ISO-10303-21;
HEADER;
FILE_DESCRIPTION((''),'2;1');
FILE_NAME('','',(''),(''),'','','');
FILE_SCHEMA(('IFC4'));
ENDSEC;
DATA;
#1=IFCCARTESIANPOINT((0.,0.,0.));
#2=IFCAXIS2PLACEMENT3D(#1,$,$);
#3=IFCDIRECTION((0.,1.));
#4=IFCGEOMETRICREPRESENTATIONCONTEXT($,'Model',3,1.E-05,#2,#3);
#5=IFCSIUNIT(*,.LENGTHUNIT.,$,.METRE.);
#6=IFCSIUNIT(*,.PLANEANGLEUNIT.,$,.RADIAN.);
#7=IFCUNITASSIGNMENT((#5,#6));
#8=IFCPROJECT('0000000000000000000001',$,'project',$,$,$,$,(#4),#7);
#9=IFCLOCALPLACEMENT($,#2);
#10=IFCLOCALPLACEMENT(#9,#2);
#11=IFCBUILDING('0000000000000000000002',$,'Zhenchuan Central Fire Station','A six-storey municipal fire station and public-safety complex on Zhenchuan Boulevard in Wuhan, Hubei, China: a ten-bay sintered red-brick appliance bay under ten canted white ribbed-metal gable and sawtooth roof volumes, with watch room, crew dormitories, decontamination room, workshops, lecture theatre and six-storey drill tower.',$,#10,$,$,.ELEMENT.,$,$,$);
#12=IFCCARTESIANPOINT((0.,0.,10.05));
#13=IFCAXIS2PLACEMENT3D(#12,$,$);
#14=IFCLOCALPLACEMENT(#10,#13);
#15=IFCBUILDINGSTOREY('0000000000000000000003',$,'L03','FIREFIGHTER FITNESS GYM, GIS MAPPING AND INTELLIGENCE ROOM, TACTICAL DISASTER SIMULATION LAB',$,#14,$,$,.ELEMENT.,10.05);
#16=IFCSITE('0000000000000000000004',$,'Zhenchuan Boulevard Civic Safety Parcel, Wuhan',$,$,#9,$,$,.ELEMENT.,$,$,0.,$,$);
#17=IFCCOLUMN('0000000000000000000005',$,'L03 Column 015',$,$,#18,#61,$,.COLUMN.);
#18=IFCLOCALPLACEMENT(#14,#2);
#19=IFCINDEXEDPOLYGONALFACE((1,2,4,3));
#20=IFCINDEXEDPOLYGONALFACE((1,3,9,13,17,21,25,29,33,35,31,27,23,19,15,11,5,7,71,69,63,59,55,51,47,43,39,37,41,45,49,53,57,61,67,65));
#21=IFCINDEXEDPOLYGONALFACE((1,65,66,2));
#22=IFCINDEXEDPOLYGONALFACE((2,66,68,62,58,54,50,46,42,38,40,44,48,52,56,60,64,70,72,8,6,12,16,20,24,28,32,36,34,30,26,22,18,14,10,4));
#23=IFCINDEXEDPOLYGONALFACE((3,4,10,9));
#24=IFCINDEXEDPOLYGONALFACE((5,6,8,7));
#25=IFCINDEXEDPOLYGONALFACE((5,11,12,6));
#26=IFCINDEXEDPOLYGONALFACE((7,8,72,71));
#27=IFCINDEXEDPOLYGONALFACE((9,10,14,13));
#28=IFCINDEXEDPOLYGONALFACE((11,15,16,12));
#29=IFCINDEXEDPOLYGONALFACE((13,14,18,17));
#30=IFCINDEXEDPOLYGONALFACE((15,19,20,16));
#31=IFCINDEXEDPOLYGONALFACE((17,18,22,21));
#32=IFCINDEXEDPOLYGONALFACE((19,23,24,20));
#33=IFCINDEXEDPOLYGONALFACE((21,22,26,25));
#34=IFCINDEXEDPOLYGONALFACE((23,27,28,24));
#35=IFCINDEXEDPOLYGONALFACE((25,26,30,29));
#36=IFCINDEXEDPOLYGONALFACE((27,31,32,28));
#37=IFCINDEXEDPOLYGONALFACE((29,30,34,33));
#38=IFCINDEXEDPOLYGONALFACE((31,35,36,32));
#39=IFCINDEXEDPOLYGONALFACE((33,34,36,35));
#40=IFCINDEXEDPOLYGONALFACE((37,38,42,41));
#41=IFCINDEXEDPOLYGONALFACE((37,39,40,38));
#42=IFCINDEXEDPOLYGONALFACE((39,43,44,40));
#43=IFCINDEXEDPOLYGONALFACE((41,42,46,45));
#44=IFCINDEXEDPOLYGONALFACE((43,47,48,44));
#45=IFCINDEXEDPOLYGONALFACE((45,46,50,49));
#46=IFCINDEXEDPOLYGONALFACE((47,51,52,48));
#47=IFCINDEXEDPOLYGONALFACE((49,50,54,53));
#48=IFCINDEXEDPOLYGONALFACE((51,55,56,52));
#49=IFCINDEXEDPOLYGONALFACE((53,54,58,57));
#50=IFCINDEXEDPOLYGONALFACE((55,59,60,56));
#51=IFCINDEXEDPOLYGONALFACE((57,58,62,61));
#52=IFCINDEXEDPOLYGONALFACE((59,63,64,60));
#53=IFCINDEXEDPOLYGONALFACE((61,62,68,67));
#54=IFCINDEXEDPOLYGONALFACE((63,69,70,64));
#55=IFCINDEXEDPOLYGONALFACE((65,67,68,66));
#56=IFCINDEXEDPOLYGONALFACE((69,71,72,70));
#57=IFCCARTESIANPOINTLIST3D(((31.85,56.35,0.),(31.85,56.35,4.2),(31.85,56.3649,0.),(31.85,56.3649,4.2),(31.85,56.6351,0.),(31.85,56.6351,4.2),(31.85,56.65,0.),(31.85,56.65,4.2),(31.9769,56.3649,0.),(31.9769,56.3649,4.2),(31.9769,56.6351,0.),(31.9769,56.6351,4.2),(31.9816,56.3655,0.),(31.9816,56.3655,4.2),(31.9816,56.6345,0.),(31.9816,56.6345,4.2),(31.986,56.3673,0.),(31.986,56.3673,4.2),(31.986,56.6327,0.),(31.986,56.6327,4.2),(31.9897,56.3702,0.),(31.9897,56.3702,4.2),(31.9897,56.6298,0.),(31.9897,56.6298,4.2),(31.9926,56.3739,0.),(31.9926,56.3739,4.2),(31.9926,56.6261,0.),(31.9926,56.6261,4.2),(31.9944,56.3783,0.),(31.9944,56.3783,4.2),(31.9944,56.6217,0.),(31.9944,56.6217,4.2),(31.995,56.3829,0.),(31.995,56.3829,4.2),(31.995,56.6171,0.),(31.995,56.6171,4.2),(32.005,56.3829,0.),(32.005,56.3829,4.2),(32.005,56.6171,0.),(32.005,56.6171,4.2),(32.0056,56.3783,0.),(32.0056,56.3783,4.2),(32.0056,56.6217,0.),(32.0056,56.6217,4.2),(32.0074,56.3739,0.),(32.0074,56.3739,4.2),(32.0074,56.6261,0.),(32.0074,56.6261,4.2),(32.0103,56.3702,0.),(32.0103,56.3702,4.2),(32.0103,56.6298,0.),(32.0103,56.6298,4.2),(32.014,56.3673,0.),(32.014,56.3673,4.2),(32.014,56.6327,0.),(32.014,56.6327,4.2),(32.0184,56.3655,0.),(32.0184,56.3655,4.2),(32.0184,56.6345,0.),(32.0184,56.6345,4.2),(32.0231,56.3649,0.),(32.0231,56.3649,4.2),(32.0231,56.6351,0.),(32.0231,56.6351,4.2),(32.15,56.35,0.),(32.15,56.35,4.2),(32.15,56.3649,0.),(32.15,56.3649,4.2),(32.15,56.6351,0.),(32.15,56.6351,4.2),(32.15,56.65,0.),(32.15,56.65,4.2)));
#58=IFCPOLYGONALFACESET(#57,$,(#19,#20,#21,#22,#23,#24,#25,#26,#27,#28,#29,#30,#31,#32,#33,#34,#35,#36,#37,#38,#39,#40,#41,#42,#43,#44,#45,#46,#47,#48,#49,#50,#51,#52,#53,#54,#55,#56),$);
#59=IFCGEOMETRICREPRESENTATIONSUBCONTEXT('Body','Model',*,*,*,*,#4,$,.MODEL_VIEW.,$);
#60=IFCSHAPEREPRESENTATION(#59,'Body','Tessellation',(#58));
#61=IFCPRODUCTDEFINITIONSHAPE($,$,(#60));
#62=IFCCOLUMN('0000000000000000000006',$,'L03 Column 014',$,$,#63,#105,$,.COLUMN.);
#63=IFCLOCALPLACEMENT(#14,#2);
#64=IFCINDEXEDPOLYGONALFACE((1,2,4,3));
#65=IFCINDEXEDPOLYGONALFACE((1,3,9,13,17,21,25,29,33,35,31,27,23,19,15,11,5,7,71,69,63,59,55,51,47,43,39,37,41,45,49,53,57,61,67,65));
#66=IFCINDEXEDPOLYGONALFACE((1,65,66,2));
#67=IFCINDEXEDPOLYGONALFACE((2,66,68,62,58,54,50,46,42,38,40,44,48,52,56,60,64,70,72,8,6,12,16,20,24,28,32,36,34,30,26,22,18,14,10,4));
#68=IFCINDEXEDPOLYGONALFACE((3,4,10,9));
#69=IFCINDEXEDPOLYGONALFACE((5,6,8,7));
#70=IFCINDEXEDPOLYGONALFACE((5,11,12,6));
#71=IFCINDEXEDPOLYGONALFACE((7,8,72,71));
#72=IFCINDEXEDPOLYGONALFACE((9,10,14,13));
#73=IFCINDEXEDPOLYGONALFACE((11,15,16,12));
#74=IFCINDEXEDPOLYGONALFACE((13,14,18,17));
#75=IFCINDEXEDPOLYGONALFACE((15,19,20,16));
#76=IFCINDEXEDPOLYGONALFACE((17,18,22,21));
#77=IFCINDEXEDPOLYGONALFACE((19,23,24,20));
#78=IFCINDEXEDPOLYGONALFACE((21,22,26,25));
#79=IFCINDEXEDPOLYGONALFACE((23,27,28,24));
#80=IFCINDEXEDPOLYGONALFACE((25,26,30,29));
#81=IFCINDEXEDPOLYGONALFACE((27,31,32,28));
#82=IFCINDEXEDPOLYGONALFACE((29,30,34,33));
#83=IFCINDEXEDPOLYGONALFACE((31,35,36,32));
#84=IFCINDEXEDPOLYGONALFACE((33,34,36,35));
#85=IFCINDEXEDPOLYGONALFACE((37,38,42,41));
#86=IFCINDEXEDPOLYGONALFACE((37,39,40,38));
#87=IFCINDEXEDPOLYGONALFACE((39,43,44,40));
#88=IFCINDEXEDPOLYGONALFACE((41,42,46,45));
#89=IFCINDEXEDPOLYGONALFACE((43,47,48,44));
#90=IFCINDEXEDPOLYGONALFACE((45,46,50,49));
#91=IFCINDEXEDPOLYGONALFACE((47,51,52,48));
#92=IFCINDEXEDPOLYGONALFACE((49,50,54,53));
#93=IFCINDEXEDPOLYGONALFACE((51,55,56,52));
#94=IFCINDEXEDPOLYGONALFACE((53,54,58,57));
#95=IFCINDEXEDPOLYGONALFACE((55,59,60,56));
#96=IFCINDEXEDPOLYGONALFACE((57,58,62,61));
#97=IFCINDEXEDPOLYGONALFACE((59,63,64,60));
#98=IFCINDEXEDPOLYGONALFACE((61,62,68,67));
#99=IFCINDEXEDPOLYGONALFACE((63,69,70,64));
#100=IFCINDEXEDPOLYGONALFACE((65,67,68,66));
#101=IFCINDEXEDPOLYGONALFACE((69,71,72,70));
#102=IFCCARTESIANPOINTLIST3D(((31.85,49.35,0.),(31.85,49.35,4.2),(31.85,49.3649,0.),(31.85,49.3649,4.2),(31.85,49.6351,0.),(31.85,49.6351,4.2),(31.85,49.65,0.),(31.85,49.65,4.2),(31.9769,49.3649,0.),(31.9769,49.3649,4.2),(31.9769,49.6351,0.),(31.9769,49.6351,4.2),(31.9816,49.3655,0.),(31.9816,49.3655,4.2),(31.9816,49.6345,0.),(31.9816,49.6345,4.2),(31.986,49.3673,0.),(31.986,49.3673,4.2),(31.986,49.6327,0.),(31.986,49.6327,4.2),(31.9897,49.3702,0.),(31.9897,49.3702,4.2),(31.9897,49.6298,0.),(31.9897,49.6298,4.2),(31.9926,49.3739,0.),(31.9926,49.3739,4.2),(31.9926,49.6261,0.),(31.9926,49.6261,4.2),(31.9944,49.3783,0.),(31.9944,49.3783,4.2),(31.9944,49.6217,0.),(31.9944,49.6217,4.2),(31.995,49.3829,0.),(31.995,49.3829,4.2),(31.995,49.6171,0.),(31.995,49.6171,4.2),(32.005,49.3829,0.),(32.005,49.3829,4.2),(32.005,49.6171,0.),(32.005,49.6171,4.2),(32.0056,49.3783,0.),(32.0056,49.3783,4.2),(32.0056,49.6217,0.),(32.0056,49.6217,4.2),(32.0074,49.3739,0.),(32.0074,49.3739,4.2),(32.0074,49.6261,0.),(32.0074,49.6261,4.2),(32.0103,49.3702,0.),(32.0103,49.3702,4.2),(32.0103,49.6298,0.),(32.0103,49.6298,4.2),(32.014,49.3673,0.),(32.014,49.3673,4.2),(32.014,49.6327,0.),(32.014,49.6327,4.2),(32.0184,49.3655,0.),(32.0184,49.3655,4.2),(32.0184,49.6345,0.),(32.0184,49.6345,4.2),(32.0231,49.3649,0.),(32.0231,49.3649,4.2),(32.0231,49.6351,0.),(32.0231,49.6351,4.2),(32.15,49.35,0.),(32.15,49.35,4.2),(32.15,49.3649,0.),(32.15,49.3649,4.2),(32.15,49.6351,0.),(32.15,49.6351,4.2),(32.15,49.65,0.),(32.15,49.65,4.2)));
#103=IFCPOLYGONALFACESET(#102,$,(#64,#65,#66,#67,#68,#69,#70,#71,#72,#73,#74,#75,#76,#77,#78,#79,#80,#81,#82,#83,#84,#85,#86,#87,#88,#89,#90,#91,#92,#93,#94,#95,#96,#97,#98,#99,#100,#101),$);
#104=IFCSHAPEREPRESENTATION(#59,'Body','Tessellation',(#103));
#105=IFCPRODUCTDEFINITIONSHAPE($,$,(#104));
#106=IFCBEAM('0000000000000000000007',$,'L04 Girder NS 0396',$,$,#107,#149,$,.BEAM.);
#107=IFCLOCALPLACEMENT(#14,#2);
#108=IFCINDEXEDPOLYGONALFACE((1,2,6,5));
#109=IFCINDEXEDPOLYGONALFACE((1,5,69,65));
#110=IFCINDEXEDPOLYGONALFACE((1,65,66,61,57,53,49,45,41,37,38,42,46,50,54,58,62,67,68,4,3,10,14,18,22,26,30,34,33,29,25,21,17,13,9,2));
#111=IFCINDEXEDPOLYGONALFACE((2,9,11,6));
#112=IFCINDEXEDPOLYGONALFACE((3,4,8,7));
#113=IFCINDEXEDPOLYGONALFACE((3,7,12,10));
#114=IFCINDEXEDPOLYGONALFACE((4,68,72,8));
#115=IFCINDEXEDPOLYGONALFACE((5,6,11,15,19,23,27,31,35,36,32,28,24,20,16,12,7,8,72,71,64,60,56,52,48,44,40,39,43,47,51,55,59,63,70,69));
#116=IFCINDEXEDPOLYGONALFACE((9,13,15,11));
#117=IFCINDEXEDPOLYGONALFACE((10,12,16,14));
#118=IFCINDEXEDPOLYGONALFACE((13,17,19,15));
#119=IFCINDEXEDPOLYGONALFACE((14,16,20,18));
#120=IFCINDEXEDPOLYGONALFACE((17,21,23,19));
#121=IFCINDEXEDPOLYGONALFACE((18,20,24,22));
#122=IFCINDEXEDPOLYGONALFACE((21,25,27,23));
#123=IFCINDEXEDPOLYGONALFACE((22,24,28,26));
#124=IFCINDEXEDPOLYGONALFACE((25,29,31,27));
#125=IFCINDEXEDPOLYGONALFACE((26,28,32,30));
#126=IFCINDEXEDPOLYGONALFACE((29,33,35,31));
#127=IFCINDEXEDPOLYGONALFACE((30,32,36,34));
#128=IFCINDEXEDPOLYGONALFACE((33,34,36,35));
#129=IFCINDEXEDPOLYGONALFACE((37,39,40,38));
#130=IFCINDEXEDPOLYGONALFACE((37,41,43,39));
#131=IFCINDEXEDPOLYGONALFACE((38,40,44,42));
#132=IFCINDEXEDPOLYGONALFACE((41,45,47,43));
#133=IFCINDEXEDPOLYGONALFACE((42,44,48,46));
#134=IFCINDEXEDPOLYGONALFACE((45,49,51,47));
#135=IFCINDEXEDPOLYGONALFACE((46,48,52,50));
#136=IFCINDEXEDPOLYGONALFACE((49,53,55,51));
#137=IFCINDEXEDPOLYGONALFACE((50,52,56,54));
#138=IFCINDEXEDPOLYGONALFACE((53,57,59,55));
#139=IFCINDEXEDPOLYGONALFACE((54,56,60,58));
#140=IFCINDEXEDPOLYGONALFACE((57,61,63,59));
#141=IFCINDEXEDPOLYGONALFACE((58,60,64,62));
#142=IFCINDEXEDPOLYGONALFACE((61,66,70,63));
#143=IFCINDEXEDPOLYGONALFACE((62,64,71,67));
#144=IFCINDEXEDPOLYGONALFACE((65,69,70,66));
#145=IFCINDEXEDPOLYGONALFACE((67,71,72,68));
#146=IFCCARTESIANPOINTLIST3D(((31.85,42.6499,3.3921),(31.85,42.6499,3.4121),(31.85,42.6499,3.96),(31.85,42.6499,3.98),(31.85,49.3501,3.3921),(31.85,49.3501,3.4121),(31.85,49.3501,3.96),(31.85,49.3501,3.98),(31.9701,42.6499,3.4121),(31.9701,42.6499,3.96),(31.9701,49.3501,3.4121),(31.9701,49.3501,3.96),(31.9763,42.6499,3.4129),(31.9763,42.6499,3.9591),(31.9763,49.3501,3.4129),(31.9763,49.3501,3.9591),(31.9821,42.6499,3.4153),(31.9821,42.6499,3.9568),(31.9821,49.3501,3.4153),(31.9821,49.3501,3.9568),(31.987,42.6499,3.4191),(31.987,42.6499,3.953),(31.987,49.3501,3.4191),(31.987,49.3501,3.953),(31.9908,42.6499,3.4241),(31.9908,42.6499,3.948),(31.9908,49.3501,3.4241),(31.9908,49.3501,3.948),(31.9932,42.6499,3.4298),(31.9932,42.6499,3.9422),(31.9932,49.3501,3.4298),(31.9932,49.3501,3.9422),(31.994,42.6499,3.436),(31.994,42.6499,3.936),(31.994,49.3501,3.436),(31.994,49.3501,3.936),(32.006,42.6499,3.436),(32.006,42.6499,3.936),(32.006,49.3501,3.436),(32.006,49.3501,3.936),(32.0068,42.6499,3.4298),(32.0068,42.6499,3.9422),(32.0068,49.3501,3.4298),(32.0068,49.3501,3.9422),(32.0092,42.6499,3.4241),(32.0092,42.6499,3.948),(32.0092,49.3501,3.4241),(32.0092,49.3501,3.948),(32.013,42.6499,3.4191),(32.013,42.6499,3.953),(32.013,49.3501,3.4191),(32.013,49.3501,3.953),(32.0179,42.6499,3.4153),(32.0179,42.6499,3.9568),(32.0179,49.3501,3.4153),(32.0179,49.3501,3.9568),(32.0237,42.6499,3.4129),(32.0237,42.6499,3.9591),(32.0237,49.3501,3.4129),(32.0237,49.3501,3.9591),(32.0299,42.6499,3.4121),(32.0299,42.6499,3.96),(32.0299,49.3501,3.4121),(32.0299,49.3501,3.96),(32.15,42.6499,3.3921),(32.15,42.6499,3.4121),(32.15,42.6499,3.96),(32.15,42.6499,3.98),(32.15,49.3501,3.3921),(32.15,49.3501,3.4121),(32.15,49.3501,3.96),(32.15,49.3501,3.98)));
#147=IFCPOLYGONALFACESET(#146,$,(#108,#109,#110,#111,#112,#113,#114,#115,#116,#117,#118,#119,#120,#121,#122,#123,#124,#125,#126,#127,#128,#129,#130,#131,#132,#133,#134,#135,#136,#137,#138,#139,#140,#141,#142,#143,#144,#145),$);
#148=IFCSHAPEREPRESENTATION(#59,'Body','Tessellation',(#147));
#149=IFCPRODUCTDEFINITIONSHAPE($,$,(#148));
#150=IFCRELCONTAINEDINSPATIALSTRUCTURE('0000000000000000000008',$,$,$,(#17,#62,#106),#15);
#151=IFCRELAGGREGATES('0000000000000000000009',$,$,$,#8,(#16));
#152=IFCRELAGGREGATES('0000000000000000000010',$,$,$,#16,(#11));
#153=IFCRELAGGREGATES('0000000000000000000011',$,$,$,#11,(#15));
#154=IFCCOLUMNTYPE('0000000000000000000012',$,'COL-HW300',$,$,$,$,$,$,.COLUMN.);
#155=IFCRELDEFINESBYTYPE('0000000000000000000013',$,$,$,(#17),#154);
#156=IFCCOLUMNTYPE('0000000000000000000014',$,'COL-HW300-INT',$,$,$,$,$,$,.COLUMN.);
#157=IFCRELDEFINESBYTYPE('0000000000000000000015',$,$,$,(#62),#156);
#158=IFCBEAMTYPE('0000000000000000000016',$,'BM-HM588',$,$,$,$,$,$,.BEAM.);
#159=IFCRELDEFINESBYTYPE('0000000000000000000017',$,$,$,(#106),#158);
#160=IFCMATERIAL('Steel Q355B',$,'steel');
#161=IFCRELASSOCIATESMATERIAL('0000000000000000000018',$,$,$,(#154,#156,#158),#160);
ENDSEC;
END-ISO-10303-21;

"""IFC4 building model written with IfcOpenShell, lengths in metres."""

from ifc_helpers import new_model, si_unit, direction, frame, origin, origin_2d, place, context, subcontext, project, spatial, i_section, extrude, material, material_profile, profile_set, type_object, element, save


model = new_model("IFC4")

# Units and contexts
model_context = context("Model", 3, precision=1e-05, world=origin(), true_north=direction((0.0, 1.0)))
body_context = subcontext(model_context, "Body", "Model", "MODEL_VIEW")
ifc_project = project(units=[si_unit("LENGTHUNIT", "METRE"), si_unit("PLANEANGLEUNIT", "RADIAN")], contexts=[model_context])

# Site, building, storey
site_placement = place(None, origin())
site = spatial("IfcSite", under=ifc_project, at=site_placement, Name="Zhenchuan Boulevard Civic Safety Parcel, Wuhan", CompositionType="ELEMENT", RefElevation=0.0)
building_placement = place(site_placement, origin())
building = spatial("IfcBuilding", under=site, at=building_placement, Name="Zhenchuan Central Fire Station", Description="A six-storey municipal fire station and public-safety complex on Zhenchuan Boulevard in Wuhan, Hubei, China: a ten-bay sintered red-brick appliance bay under ten canted white ribbed-metal gable and sawtooth roof volumes, with watch room, crew dormitories, decontamination room, workshops, lecture theatre and six-storey drill tower.", CompositionType="ELEMENT")
storey_placement = place(building_placement, frame((0.0, 0.0, 10.05)))
storey = spatial("IfcBuildingStorey", under=building, at=storey_placement, Name="L03", Description="FIREFIGHTER FITNESS GYM, GIS MAPPING AND INTELLIGENCE ROOM, TACTICAL DISASTER SIMULATION LAB", CompositionType="ELEMENT", Elevation=10.05)

# Columns
ifc_material_1 = material(Name="Steel Q355B", Category="steel")
ifc_material_profile_1 = material_profile(ifc_material_1, i_section(OverallWidth=0.3, OverallDepth=0.3, WebThickness=0.01, FlangeThickness=0.0149, FilletRadius=0.0181, at=origin_2d()), Name="HW 300x300")
ifc_profile_set_1 = profile_set([ifc_material_profile_1], Name="Steel Q355B")
column_type_1 = type_object("IfcColumnType", Name="COL-HW300", PredefinedType="COLUMN", material=ifc_profile_set_1)
column_1_placement = place(storey_placement, frame((32.0, 56.5, 0.0), z_axis=(0.0, 0.0, 1.0), x_axis=(1.0, 0.0, 0.0)))
element("IfcColumn", 1, at=column_1_placement, inside=storey, type_object=column_type_1, Name="L03 Column 015", PredefinedType="COLUMN", context=body_context, shape_type="SweptSolid", body=[
    extrude(i_section(OverallWidth=0.3, OverallDepth=0.3, WebThickness=0.01, FlangeThickness=0.0149, FilletRadius=0.0181, at=origin_2d()), origin(), (0.0, 0.0, 1.0), 4.2),
])
ifc_material_profile_2 = material_profile(ifc_material_1, i_section(OverallWidth=0.3, OverallDepth=0.3, WebThickness=0.01, FlangeThickness=0.0149, FilletRadius=0.0181, at=origin_2d()), Name="HW 300x300")
ifc_profile_set_2 = profile_set([ifc_material_profile_2], Name="Steel Q355B")
column_type_2 = type_object("IfcColumnType", Name="COL-HW300-INT", PredefinedType="COLUMN", material=ifc_profile_set_2)
column_2_placement = place(storey_placement, frame((32.0, 49.5, 0.0), z_axis=(0.0, 0.0, 1.0), x_axis=(1.0, 0.0, 0.0)))
element("IfcColumn", 2, at=column_2_placement, inside=storey, type_object=column_type_2, Name="L03 Column 014", PredefinedType="COLUMN", context=body_context, shape_type="SweptSolid", body=[
    extrude(i_section(OverallWidth=0.3, OverallDepth=0.3, WebThickness=0.01, FlangeThickness=0.0149, FilletRadius=0.0181, at=origin_2d()), origin(), (0.0, 0.0, 1.0), 4.2),
])

# Beam
ifc_material_profile_3 = material_profile(ifc_material_1, i_section(OverallWidth=0.3, OverallDepth=0.5879, WebThickness=0.012, FlangeThickness=0.02, FilletRadius=0.0239, at=origin_2d()), Name="HM 588x300")
ifc_profile_set_3 = profile_set([ifc_material_profile_3], Name="Steel Q355B")
beam_type_1 = type_object("IfcBeamType", Name="BM-HM588", PredefinedType="BEAM", material=ifc_profile_set_3)
beam_1_placement = place(storey_placement, frame((32.0, 42.6499, 3.686), z_axis=(0.0, 1.0, 0.0), x_axis=(-1.0, 0.0, 0.0)))
element("IfcBeam", 3, at=beam_1_placement, inside=storey, type_object=beam_type_1, Name="L04 Girder NS 0396", PredefinedType="BEAM", context=body_context, shape_type="SweptSolid", body=[
    extrude(i_section(OverallWidth=0.3, OverallDepth=0.5879, WebThickness=0.012, FlangeThickness=0.02, FilletRadius=0.0239, at=origin_2d()), origin(), (0.0, 0.0, 1.0), 6.7002),
])

save(model, "model.ifc")
